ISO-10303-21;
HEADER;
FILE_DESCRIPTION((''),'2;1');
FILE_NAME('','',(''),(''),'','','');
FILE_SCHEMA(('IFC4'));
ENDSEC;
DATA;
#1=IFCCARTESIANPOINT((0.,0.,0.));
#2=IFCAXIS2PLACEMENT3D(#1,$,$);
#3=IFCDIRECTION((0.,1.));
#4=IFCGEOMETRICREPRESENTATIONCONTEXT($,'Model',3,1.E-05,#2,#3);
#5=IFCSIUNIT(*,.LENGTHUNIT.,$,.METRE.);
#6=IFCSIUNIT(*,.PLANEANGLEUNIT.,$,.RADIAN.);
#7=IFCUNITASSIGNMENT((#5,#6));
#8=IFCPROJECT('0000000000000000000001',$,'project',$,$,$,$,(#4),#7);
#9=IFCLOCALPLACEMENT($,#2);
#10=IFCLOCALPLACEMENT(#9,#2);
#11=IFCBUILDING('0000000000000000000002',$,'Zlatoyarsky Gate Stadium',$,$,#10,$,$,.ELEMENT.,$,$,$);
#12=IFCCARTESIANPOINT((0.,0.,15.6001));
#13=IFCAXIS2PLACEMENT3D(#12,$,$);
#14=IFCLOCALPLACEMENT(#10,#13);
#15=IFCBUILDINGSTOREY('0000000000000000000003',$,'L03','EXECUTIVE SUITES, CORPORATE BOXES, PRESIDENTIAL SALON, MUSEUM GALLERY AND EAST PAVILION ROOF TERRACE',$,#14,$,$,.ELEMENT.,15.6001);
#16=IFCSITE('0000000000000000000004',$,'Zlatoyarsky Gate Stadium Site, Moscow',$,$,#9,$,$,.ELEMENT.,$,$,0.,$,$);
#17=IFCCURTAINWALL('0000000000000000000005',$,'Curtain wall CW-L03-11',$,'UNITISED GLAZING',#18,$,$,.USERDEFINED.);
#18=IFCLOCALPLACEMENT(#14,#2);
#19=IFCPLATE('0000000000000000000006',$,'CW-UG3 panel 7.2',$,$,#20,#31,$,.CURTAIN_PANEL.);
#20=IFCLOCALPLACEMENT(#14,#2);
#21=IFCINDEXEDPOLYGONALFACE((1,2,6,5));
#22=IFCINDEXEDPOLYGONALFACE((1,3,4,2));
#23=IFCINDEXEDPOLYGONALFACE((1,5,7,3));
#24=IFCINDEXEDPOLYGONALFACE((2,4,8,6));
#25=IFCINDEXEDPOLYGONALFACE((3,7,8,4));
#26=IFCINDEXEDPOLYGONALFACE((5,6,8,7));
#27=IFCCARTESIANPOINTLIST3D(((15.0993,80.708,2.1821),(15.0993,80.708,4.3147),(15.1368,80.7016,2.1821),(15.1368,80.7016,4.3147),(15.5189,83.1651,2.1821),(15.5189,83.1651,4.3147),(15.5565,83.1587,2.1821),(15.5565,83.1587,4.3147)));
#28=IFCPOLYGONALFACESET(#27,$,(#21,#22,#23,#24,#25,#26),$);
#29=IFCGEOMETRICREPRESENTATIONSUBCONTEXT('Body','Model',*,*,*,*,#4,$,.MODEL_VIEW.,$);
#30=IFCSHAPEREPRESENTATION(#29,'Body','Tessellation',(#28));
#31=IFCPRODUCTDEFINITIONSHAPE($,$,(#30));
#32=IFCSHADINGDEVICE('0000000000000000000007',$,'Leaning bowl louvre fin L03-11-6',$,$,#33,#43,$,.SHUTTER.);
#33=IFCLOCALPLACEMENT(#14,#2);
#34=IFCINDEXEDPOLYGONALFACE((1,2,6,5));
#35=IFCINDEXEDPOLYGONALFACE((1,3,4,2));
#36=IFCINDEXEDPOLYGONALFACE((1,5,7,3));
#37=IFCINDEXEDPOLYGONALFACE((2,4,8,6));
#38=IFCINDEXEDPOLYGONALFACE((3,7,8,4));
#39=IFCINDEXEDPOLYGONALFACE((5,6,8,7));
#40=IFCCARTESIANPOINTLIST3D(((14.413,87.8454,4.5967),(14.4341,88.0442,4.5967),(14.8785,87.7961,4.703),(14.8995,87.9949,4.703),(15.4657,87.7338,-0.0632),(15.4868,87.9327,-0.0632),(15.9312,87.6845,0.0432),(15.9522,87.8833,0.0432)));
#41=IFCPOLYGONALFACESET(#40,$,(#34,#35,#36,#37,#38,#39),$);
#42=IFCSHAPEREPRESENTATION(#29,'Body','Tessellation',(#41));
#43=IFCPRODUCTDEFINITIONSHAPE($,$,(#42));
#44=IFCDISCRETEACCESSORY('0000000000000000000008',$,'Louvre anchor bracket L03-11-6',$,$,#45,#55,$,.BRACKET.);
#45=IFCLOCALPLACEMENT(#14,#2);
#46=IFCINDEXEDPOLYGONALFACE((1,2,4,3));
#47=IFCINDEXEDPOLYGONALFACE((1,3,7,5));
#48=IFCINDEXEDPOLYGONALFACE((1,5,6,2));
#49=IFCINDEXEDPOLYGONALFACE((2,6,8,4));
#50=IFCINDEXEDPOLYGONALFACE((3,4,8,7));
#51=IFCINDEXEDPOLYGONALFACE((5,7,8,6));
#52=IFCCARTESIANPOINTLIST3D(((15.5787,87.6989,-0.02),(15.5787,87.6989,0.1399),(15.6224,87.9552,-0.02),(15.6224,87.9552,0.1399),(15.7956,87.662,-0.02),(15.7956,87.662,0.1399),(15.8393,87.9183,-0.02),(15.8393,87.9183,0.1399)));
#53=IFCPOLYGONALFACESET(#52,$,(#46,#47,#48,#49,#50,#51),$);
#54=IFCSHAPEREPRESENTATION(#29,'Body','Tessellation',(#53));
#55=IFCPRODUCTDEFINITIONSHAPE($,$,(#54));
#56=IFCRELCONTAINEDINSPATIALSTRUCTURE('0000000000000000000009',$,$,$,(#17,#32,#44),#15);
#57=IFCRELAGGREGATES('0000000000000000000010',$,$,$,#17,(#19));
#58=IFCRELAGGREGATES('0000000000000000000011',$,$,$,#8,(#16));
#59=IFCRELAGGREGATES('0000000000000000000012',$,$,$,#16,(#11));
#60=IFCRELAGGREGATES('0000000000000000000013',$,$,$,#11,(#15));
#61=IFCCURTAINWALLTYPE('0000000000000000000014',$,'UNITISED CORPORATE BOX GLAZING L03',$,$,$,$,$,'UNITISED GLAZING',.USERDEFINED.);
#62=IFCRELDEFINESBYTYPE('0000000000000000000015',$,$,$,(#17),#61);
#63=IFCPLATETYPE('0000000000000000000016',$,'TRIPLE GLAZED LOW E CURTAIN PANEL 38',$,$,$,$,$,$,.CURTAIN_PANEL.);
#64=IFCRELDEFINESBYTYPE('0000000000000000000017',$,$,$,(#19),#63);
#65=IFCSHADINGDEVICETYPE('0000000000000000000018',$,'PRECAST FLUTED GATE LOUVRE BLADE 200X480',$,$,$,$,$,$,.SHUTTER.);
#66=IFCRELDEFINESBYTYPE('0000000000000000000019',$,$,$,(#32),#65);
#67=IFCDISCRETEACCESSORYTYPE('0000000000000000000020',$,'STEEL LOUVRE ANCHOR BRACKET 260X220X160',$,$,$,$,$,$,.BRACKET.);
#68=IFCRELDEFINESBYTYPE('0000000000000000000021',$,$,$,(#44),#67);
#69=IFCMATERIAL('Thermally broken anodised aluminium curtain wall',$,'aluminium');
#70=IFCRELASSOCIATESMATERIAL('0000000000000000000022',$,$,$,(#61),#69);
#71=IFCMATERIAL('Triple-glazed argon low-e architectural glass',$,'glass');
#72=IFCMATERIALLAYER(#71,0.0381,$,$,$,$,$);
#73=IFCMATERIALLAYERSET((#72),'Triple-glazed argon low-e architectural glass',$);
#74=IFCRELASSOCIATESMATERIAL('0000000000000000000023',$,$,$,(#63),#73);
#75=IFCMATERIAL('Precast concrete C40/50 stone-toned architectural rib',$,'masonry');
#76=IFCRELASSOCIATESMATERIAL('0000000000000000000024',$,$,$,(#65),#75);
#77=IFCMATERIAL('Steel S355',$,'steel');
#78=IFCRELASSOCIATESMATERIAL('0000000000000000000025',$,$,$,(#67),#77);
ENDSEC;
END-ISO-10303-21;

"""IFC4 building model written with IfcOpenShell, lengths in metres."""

from ifc_helpers import new_model, si_unit, direction, frame, origin, origin_2d, place, context, subcontext, project, spatial, rectangle, extrude, material, layer, layer_set, material_profile, profile_set, type_object, element, aggregate, save


model = new_model("IFC4")

# Units and contexts
model_context = context("Model", 3, precision=1e-05, world=origin(), true_north=direction((0.0, 1.0)))
body_context = subcontext(model_context, "Body", "Model", "MODEL_VIEW")
ifc_project = project(units=[si_unit("LENGTHUNIT", "METRE"), si_unit("PLANEANGLEUNIT", "RADIAN")], contexts=[model_context])

# Site, building, storey
site_placement = place(None, origin())
site = spatial("IfcSite", under=ifc_project, at=site_placement, Name="Zlatoyarsky Gate Stadium Site, Moscow", CompositionType="ELEMENT", RefElevation=0.0)
building_placement = place(site_placement, origin())
building = spatial("IfcBuilding", under=site, at=building_placement, Name="Zlatoyarsky Gate Stadium", CompositionType="ELEMENT")
storey_placement = place(building_placement, frame((0.0, 0.0, 15.6001)))
storey = spatial("IfcBuildingStorey", under=building, at=storey_placement, Name="L03", Description="EXECUTIVE SUITES, CORPORATE BOXES, PRESIDENTIAL SALON, MUSEUM GALLERY AND EAST PAVILION ROOF TERRACE", CompositionType="ELEMENT", Elevation=15.6001)

# Curtain wall
ifc_material_1 = material(Name="Thermally broken anodised aluminium curtain wall", Category="aluminium")
curtain_wall_type = type_object("IfcCurtainWallType", Name="UNITISED CORPORATE BOX GLAZING L03", ElementType="UNITISED GLAZING", PredefinedType="USERDEFINED", material=ifc_material_1)
curtain_wall_placement = place(storey_placement, origin())
curtain_wall = element("IfcCurtainWall", 1, at=curtain_wall_placement, inside=storey, type_object=curtain_wall_type, Name="Curtain wall CW-L03-11", ObjectType="UNITISED GLAZING", PredefinedType="USERDEFINED")

# Shared definitions
ifc_material_2 = material(Name="Steel S355", Category="steel")

# Plate
ifc_material_3 = material(Name="Triple-glazed argon low-e architectural glass", Category="glass")
ifc_layer_1 = layer(ifc_material_3, 0.0381)
ifc_layer_set_1 = layer_set([ifc_layer_1], Name="Triple-glazed argon low-e architectural glass")
plate_type_1 = type_object("IfcPlateType", Name="TRIPLE GLAZED LOW E CURTAIN PANEL 38", PredefinedType="CURTAIN_PANEL", material=ifc_layer_set_1)
plate_1_placement = place(storey_placement, frame((15.3279, 81.9333, 2.1821), z_axis=(0.0, 0.0, 1.0), x_axis=(-0.168356, -0.985726, 0.0)))
plate_1 = element("IfcPlate", 2, at=plate_1_placement, type_object=plate_type_1, Name="CW-UG3 panel 7.2", PredefinedType="CURTAIN_PANEL", context=body_context, shape_type="SweptSolid", body=[
    extrude(rectangle(XDim=2.4927, YDim=0.0381, at=origin_2d()), origin(), (0.0, 0.0, 1.0), 2.1326),
])
aggregate(curtain_wall, [plate_1])

# Shading device
ifc_material_4 = material(Name="Precast concrete C40/50 stone-toned architectural rib", Category="masonry")
ifc_material_profile_1 = material_profile(ifc_material_4, rectangle(XDim=0.2, YDim=0.48, at=origin_2d()), Name="RIB 200X480")
ifc_profile_set_1 = profile_set([ifc_material_profile_1], Name="Precast concrete C40/50 stone-toned architectural rib")
shading_device_type = type_object("IfcShadingDeviceType", Name="PRECAST FLUTED GATE LOUVRE BLADE 200X480", PredefinedType="SHUTTER", material=ifc_profile_set_1)
shading_device_placement = place(storey_placement, frame((15.709, 87.8086, -0.01), z_axis=(-0.2203, 0.023348, 0.975153), x_axis=(-0.105393, -0.994431, 0.0)))
element("IfcShadingDevice", 3, at=shading_device_placement, inside=storey, type_object=shading_device_type, Name="Leaning bowl louvre fin L03-11-6", PredefinedType="SHUTTER", context=body_context, shape_type="SweptSolid", body=[
    extrude(rectangle(XDim=0.2, YDim=0.48, at=origin_2d()), origin(), (0.0, 0.0, 1.0), 4.7786),
])

# Discrete accessory
discrete_accessory_type = type_object("IfcDiscreteAccessoryType", Name="STEEL LOUVRE ANCHOR BRACKET 260X220X160", PredefinedType="BRACKET", material=ifc_material_2)
discrete_accessory_placement = place(storey_placement, frame((15.709, 87.8086, -0.02), z_axis=(0.0, 0.0, 1.0), x_axis=(-0.168041, -0.98578, 0.0)))
element("IfcDiscreteAccessory", 4, at=discrete_accessory_placement, inside=storey, type_object=discrete_accessory_type, Name="Louvre anchor bracket L03-11-6", PredefinedType="BRACKET", context=body_context, shape_type="SweptSolid", body=[
    extrude(rectangle(XDim=0.26, YDim=0.22, at=origin_2d()), origin(), (0.0, 0.0, 1.0), 0.1599),
])

save(model, "model.ifc")
